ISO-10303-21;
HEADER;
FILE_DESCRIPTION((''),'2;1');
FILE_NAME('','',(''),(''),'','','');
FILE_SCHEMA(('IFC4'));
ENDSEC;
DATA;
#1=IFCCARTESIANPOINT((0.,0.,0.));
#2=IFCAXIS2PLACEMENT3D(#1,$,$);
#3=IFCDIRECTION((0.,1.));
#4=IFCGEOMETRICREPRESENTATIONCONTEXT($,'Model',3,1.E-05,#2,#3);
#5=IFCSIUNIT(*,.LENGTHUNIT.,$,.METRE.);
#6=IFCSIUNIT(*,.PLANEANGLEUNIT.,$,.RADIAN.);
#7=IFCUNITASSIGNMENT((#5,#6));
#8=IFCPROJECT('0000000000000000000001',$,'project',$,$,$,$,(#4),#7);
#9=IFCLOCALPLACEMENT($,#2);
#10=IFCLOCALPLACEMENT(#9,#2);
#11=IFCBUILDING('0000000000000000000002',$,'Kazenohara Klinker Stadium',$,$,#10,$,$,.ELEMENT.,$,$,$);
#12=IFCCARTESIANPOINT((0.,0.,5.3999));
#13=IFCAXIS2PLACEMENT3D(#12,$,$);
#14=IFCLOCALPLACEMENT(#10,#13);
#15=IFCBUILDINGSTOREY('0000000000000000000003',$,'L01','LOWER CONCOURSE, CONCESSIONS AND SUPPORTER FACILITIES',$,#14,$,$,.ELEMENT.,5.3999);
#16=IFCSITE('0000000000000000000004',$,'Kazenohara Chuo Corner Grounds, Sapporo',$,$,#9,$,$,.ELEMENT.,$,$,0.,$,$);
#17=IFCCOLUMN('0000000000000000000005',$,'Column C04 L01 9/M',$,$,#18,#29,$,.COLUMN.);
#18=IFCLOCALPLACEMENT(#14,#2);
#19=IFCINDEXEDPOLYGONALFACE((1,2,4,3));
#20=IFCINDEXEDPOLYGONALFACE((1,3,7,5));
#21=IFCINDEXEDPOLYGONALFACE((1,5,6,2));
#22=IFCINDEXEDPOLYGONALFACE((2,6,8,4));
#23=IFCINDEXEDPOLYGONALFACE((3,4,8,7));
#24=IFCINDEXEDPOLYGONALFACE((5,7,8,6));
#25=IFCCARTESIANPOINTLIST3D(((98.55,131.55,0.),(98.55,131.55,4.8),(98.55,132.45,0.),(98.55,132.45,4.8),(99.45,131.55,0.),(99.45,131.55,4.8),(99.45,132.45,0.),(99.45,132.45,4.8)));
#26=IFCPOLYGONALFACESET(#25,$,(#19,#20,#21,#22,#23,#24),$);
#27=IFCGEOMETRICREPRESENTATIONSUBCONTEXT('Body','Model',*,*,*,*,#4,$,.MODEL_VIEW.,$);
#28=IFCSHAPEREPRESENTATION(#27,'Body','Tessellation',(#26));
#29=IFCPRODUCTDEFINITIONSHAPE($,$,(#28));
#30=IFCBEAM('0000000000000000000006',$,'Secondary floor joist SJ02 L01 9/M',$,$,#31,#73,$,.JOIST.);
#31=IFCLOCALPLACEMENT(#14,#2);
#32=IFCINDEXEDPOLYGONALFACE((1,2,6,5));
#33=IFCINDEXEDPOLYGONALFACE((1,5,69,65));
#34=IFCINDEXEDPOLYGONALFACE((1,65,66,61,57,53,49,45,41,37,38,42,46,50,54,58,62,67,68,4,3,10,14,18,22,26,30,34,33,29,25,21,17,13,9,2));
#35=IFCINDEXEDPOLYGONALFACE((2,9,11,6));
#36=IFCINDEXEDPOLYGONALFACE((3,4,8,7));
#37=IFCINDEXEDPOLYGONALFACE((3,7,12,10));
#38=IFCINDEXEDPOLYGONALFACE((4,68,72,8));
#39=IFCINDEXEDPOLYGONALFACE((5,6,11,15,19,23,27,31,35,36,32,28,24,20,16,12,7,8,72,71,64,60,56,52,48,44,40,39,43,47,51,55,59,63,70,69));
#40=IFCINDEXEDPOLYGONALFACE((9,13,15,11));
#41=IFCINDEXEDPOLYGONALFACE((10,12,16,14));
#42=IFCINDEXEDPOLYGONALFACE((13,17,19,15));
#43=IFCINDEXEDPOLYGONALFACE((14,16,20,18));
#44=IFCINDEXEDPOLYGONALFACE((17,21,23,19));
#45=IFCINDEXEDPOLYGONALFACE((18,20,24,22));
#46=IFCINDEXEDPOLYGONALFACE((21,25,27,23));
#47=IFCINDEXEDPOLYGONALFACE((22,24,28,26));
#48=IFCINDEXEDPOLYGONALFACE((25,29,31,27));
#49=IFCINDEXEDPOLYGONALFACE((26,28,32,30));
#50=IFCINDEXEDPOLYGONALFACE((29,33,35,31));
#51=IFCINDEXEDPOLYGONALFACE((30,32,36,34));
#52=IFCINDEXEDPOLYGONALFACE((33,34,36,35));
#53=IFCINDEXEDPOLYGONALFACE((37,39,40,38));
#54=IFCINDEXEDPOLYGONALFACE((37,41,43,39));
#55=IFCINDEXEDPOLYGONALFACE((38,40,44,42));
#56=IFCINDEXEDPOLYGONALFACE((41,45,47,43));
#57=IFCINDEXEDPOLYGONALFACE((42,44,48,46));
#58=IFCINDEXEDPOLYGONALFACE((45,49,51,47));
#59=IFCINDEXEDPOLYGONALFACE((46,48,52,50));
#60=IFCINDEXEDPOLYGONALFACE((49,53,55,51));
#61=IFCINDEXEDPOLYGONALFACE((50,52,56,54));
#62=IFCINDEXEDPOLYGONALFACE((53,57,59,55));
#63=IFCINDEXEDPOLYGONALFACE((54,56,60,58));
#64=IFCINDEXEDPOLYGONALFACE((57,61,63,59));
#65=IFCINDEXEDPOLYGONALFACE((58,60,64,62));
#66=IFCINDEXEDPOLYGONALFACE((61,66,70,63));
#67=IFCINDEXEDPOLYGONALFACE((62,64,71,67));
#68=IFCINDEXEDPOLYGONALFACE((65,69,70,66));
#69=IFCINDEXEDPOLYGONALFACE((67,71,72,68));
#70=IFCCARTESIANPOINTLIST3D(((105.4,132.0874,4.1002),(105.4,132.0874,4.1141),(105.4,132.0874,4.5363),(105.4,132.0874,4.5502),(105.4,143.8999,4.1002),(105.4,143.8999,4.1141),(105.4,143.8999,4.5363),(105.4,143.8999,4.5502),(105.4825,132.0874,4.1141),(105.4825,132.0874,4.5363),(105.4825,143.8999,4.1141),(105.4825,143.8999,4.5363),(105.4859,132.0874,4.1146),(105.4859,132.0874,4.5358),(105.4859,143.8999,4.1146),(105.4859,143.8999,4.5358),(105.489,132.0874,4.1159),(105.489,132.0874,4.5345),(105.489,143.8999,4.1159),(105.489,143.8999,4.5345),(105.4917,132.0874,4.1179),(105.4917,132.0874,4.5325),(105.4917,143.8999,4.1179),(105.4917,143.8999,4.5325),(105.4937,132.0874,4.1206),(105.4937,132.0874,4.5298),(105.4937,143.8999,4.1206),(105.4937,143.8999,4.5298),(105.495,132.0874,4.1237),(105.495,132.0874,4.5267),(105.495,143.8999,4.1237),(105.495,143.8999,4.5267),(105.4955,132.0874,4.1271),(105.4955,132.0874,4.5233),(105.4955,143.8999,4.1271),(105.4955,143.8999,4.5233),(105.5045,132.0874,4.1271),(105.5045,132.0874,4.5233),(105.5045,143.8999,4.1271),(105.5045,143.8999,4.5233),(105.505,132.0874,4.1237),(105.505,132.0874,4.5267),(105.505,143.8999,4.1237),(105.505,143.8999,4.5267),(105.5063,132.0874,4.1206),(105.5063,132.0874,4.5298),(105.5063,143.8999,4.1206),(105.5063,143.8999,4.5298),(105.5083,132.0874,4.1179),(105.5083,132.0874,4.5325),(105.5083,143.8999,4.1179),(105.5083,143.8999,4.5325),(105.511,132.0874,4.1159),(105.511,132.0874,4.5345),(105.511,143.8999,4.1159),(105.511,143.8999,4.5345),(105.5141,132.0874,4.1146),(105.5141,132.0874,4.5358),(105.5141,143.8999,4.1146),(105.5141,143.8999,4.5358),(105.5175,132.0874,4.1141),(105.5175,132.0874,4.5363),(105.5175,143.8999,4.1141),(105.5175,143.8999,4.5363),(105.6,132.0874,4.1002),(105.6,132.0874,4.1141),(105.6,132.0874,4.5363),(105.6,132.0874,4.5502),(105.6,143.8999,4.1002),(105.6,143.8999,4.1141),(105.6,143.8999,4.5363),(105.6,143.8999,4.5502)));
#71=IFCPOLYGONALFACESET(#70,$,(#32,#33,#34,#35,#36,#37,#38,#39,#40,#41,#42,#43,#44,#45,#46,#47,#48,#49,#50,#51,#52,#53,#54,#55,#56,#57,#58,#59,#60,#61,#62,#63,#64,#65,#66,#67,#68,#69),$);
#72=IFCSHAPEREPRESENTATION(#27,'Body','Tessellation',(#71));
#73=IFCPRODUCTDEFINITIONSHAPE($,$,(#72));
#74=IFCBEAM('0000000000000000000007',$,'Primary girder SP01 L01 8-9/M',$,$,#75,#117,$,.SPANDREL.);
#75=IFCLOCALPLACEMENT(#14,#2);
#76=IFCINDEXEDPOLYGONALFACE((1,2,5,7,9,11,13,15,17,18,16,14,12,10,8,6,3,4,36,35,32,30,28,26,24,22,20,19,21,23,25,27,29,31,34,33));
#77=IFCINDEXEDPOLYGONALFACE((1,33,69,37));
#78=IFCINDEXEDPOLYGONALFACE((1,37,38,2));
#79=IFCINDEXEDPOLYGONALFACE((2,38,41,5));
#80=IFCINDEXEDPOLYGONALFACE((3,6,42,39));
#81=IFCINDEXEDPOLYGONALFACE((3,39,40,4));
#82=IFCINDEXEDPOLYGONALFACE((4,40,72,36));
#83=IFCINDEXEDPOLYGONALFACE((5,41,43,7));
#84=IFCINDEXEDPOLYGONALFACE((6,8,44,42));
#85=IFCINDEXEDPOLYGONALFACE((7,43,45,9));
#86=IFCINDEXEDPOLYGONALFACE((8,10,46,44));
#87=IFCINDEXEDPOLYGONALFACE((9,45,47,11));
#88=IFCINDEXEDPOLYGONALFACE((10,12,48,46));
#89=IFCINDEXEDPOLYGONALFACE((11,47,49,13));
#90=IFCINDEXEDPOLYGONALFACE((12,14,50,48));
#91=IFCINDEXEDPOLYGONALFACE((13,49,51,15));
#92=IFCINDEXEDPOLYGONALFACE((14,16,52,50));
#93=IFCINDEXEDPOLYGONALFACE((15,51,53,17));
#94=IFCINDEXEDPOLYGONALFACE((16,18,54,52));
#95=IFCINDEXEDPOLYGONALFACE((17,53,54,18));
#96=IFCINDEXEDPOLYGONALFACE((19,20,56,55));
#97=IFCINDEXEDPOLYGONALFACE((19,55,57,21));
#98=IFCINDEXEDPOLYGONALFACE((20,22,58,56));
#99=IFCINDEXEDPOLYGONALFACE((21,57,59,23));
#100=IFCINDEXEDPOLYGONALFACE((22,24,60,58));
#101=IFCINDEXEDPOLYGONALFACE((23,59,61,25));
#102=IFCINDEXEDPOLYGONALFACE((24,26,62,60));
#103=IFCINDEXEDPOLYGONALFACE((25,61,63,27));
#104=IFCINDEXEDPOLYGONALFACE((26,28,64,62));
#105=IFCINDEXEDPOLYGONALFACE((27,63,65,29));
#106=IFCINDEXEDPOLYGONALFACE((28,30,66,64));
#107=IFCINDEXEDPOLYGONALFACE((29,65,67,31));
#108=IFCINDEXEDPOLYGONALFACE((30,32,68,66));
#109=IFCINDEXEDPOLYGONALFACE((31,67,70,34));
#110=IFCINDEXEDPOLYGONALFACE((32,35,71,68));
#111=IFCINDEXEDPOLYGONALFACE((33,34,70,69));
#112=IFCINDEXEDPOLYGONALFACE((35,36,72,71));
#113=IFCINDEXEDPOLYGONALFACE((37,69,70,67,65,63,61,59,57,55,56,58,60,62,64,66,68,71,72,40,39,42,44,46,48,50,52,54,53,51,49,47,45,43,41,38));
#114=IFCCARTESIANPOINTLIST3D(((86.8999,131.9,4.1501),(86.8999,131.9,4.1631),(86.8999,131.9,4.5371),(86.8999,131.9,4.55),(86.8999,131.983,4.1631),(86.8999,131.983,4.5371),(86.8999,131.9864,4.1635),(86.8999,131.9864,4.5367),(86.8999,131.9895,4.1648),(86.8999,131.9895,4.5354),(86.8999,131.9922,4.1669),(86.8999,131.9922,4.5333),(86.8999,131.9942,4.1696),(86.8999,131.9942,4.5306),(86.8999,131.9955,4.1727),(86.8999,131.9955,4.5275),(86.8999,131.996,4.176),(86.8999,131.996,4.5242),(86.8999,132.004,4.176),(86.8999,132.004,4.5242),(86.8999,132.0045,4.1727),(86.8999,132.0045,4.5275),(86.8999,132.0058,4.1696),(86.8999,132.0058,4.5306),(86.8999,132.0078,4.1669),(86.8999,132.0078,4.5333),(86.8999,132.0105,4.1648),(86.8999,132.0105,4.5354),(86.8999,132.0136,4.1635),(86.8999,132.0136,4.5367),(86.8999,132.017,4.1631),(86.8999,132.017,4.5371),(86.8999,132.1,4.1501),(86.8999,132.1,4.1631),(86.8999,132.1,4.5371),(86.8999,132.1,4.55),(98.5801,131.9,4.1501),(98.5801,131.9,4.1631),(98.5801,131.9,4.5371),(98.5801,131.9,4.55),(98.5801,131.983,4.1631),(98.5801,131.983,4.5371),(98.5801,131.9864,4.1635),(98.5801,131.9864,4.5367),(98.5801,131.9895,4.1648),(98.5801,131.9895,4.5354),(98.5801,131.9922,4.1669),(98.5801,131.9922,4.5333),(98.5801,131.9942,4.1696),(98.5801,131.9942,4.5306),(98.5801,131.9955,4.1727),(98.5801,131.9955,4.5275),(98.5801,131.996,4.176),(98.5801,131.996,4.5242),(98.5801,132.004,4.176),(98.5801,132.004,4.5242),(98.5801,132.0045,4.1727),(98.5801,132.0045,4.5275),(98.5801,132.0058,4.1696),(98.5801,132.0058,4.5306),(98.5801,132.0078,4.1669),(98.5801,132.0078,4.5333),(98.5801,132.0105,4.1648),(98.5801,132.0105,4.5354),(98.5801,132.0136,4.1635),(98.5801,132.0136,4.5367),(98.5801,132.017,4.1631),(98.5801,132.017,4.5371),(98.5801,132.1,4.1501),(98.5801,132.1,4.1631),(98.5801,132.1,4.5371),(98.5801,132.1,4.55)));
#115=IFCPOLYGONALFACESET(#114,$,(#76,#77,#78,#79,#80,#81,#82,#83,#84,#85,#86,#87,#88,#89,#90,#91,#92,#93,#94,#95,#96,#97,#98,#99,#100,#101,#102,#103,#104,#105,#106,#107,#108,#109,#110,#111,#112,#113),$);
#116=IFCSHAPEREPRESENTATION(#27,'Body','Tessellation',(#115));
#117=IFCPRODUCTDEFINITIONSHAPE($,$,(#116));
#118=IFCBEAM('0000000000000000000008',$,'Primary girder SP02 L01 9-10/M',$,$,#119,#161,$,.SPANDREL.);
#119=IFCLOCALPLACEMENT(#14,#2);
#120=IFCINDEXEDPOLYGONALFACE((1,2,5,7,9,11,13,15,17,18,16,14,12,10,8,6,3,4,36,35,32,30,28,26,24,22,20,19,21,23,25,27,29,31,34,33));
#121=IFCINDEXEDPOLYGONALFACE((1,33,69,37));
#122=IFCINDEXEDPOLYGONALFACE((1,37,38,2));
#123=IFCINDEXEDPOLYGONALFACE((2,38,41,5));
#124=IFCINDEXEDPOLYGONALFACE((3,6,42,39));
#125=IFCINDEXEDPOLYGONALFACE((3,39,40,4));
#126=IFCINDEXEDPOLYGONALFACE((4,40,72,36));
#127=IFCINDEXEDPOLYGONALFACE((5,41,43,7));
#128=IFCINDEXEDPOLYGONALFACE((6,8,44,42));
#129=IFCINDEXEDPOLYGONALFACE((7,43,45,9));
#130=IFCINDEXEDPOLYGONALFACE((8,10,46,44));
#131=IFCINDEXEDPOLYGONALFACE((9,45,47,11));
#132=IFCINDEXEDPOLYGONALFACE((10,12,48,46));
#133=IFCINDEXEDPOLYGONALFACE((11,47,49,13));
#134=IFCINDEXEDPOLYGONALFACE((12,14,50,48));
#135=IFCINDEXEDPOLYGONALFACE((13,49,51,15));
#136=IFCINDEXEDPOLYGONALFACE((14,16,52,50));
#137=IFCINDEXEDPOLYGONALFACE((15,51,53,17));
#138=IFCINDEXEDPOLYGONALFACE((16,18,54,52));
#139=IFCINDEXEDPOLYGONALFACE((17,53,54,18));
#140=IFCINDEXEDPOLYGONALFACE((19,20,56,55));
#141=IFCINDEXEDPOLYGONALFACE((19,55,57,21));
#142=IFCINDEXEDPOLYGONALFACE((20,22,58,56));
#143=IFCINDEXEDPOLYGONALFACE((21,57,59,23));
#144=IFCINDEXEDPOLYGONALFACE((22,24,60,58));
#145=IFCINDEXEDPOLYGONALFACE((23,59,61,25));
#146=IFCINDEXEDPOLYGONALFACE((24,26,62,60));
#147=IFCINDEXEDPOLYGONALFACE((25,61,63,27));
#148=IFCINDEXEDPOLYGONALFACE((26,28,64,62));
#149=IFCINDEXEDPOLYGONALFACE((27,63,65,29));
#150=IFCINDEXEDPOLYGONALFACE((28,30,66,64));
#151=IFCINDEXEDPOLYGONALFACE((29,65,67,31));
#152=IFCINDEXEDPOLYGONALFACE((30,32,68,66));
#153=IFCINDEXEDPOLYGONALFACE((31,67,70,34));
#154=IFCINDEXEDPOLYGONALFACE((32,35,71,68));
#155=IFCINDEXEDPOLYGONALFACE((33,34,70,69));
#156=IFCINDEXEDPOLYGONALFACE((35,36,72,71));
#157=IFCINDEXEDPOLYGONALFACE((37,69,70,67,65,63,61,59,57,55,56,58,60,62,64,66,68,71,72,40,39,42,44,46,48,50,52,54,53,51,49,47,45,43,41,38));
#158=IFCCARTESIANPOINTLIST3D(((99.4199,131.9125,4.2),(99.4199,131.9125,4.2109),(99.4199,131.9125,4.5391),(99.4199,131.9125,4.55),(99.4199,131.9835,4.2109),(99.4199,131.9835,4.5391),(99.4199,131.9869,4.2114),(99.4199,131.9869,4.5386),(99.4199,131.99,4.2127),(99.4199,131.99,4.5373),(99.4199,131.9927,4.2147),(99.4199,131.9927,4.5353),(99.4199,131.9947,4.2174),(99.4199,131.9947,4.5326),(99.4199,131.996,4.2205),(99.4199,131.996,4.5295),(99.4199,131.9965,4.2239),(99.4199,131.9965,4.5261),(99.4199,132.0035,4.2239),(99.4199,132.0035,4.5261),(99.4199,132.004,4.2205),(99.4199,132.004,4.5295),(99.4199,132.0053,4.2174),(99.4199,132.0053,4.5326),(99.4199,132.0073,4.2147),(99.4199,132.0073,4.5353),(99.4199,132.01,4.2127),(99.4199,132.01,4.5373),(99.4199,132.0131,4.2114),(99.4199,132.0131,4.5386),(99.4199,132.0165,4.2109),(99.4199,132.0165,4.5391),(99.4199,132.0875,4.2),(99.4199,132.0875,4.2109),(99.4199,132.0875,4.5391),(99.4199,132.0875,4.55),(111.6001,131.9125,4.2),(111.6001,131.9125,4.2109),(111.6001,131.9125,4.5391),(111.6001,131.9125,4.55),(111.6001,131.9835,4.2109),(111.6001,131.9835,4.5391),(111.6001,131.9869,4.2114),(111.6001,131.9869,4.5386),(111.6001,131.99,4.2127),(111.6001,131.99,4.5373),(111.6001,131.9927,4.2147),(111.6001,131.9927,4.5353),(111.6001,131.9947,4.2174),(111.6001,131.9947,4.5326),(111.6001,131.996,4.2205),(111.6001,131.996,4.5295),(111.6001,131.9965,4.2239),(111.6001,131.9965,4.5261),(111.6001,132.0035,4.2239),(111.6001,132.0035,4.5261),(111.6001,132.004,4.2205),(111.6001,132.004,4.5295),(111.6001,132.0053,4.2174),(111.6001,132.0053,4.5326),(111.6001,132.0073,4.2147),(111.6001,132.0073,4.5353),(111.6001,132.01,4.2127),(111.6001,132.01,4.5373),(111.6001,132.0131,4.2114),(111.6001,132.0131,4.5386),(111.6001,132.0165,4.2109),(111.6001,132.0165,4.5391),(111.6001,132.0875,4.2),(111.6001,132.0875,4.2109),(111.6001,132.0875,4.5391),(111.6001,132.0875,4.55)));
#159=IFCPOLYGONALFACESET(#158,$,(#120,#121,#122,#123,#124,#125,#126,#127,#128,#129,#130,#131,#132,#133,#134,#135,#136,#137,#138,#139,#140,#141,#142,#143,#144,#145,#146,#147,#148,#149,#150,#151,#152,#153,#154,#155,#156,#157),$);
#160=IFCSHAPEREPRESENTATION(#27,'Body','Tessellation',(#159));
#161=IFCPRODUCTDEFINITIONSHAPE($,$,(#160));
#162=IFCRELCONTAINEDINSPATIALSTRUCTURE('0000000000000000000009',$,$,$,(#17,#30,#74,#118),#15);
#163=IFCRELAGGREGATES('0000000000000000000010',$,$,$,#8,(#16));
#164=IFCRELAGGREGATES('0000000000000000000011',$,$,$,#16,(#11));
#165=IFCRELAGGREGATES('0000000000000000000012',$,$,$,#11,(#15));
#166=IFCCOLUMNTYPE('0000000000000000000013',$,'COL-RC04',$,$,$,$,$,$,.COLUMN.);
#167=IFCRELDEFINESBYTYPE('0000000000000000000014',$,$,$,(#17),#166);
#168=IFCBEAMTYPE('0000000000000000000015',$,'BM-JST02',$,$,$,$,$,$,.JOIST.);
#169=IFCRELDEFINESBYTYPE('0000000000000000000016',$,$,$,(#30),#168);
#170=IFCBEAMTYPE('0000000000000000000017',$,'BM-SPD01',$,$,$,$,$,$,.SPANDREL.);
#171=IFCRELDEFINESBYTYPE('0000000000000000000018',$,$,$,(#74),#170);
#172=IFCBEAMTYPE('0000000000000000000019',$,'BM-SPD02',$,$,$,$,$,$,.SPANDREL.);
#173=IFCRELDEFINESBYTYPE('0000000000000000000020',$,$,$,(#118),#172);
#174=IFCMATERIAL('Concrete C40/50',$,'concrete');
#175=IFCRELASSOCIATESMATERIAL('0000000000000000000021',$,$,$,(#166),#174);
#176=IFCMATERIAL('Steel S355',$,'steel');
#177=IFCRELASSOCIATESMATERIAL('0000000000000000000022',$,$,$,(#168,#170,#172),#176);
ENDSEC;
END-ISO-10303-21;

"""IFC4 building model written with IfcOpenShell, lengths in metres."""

from ifc_helpers import new_model, si_unit, direction, frame, origin, origin_2d, place, context, subcontext, project, spatial, rectangle, i_section, extrude, material, material_profile, profile_set, type_object, element, save


model = new_model("IFC4")

# Units and contexts
model_context = context("Model", 3, precision=1e-05, world=origin(), true_north=direction((0.0, 1.0)))
body_context = subcontext(model_context, "Body", "Model", "MODEL_VIEW")
ifc_project = project(units=[si_unit("LENGTHUNIT", "METRE"), si_unit("PLANEANGLEUNIT", "RADIAN")], contexts=[model_context])

# Site, building, storey
site_placement = place(None, origin())
site = spatial("IfcSite", under=ifc_project, at=site_placement, Name="Kazenohara Chuo Corner Grounds, Sapporo", CompositionType="ELEMENT", RefElevation=0.0)
building_placement = place(site_placement, origin())
building = spatial("IfcBuilding", under=site, at=building_placement, Name="Kazenohara Klinker Stadium", CompositionType="ELEMENT")
storey_placement = place(building_placement, frame((0.0, 0.0, 5.3999)))
storey = spatial("IfcBuildingStorey", under=building, at=storey_placement, Name="L01", Description="LOWER CONCOURSE, CONCESSIONS AND SUPPORTER FACILITIES", CompositionType="ELEMENT", Elevation=5.3999)

# Column
ifc_material_1 = material(Name="Concrete C40/50", Category="concrete")
ifc_material_profile_1 = material_profile(ifc_material_1, rectangle(XDim=0.8999, YDim=0.8999, at=origin_2d()), Name="RC-COL-900x900")
ifc_profile_set_1 = profile_set([ifc_material_profile_1], Name="Concrete C40/50")
column_type = type_object("IfcColumnType", Name="COL-RC04", PredefinedType="COLUMN", material=ifc_profile_set_1)
column_placement = place(storey_placement, frame((99.0, 132.0, 0.0), z_axis=(0.0, 0.0, 1.0), x_axis=(1.0, 0.0, 0.0)))
element("IfcColumn", 1, at=column_placement, inside=storey, type_object=column_type, Name="Column C04 L01 9/M", PredefinedType="COLUMN", context=body_context, shape_type="SweptSolid", body=[
    extrude(rectangle(XDim=0.8999, YDim=0.8999, at=origin_2d()), origin(), (0.0, 0.0, 1.0), 4.8),
])

# Beams
ifc_material_2 = material(Name="Steel S355", Category="steel")
ifc_material_profile_2 = material_profile(ifc_material_2, i_section(OverallWidth=0.2, OverallDepth=0.45, WebThickness=0.009, FlangeThickness=0.0139, FilletRadius=0.0129, at=origin_2d()), Name="H-450x200x9x14")
ifc_profile_set_2 = profile_set([ifc_material_profile_2], Name="Steel S355")
beam_type_1 = type_object("IfcBeamType", Name="BM-JST02", PredefinedType="JOIST", material=ifc_profile_set_2)
beam_1_placement = place(storey_placement, frame((105.5, 132.0874, 4.3252), z_axis=(0.0, 1.0, 0.0), x_axis=(-1.0, 0.0, 0.0)))
element("IfcBeam", 2, at=beam_1_placement, inside=storey, type_object=beam_type_1, Name="Secondary floor joist SJ02 L01 9/M", PredefinedType="JOIST", context=body_context, shape_type="SweptSolid", body=[
    extrude(i_section(OverallWidth=0.2, OverallDepth=0.45, WebThickness=0.009, FlangeThickness=0.0139, FilletRadius=0.0129, at=origin_2d()), origin(), (0.0, 0.0, 1.0), 11.8125),
])
ifc_material_profile_3 = material_profile(ifc_material_2, i_section(OverallWidth=0.2, OverallDepth=0.3999, WebThickness=0.0081, FlangeThickness=0.0129, FilletRadius=0.0129, at=origin_2d()), Name="H-400x200x8x13")
ifc_profile_set_3 = profile_set([ifc_material_profile_3], Name="Steel S355")
beam_type_2 = type_object("IfcBeamType", Name="BM-SPD01", PredefinedType="SPANDREL", material=ifc_profile_set_3)
beam_2_placement = place(storey_placement, frame((86.8999, 132.0, 4.3501), z_axis=(1.0, 0.0, 0.0), x_axis=(0.0, 1.0, 0.0)))
element("IfcBeam", 3, at=beam_2_placement, inside=storey, type_object=beam_type_2, Name="Primary girder SP01 L01 8-9/M", PredefinedType="SPANDREL", context=body_context, shape_type="SweptSolid", body=[
    extrude(i_section(OverallWidth=0.2, OverallDepth=0.3999, WebThickness=0.0081, FlangeThickness=0.0129, FilletRadius=0.0129, at=origin_2d()), origin(), (0.0, 0.0, 1.0), 11.6802),
])
ifc_material_profile_4 = material_profile(ifc_material_2, i_section(OverallWidth=0.175, OverallDepth=0.3501, WebThickness=0.0071, FlangeThickness=0.011, FilletRadius=0.0129, at=origin_2d()), Name="H-350x175x7x11")
ifc_profile_set_4 = profile_set([ifc_material_profile_4], Name="Steel S355")
beam_type_3 = type_object("IfcBeamType", Name="BM-SPD02", PredefinedType="SPANDREL", material=ifc_profile_set_4)
beam_3_placement = place(storey_placement, frame((99.4199, 132.0, 4.375), z_axis=(1.0, 0.0, 0.0), x_axis=(0.0, 1.0, 0.0)))
element("IfcBeam", 4, at=beam_3_placement, inside=storey, type_object=beam_type_3, Name="Primary girder SP02 L01 9-10/M", PredefinedType="SPANDREL", context=body_context, shape_type="SweptSolid", body=[
    extrude(i_section(OverallWidth=0.175, OverallDepth=0.3501, WebThickness=0.0071, FlangeThickness=0.011, FilletRadius=0.0129, at=origin_2d()), origin(), (0.0, 0.0, 1.0), 12.1802),
])

save(model, "model.ifc")
